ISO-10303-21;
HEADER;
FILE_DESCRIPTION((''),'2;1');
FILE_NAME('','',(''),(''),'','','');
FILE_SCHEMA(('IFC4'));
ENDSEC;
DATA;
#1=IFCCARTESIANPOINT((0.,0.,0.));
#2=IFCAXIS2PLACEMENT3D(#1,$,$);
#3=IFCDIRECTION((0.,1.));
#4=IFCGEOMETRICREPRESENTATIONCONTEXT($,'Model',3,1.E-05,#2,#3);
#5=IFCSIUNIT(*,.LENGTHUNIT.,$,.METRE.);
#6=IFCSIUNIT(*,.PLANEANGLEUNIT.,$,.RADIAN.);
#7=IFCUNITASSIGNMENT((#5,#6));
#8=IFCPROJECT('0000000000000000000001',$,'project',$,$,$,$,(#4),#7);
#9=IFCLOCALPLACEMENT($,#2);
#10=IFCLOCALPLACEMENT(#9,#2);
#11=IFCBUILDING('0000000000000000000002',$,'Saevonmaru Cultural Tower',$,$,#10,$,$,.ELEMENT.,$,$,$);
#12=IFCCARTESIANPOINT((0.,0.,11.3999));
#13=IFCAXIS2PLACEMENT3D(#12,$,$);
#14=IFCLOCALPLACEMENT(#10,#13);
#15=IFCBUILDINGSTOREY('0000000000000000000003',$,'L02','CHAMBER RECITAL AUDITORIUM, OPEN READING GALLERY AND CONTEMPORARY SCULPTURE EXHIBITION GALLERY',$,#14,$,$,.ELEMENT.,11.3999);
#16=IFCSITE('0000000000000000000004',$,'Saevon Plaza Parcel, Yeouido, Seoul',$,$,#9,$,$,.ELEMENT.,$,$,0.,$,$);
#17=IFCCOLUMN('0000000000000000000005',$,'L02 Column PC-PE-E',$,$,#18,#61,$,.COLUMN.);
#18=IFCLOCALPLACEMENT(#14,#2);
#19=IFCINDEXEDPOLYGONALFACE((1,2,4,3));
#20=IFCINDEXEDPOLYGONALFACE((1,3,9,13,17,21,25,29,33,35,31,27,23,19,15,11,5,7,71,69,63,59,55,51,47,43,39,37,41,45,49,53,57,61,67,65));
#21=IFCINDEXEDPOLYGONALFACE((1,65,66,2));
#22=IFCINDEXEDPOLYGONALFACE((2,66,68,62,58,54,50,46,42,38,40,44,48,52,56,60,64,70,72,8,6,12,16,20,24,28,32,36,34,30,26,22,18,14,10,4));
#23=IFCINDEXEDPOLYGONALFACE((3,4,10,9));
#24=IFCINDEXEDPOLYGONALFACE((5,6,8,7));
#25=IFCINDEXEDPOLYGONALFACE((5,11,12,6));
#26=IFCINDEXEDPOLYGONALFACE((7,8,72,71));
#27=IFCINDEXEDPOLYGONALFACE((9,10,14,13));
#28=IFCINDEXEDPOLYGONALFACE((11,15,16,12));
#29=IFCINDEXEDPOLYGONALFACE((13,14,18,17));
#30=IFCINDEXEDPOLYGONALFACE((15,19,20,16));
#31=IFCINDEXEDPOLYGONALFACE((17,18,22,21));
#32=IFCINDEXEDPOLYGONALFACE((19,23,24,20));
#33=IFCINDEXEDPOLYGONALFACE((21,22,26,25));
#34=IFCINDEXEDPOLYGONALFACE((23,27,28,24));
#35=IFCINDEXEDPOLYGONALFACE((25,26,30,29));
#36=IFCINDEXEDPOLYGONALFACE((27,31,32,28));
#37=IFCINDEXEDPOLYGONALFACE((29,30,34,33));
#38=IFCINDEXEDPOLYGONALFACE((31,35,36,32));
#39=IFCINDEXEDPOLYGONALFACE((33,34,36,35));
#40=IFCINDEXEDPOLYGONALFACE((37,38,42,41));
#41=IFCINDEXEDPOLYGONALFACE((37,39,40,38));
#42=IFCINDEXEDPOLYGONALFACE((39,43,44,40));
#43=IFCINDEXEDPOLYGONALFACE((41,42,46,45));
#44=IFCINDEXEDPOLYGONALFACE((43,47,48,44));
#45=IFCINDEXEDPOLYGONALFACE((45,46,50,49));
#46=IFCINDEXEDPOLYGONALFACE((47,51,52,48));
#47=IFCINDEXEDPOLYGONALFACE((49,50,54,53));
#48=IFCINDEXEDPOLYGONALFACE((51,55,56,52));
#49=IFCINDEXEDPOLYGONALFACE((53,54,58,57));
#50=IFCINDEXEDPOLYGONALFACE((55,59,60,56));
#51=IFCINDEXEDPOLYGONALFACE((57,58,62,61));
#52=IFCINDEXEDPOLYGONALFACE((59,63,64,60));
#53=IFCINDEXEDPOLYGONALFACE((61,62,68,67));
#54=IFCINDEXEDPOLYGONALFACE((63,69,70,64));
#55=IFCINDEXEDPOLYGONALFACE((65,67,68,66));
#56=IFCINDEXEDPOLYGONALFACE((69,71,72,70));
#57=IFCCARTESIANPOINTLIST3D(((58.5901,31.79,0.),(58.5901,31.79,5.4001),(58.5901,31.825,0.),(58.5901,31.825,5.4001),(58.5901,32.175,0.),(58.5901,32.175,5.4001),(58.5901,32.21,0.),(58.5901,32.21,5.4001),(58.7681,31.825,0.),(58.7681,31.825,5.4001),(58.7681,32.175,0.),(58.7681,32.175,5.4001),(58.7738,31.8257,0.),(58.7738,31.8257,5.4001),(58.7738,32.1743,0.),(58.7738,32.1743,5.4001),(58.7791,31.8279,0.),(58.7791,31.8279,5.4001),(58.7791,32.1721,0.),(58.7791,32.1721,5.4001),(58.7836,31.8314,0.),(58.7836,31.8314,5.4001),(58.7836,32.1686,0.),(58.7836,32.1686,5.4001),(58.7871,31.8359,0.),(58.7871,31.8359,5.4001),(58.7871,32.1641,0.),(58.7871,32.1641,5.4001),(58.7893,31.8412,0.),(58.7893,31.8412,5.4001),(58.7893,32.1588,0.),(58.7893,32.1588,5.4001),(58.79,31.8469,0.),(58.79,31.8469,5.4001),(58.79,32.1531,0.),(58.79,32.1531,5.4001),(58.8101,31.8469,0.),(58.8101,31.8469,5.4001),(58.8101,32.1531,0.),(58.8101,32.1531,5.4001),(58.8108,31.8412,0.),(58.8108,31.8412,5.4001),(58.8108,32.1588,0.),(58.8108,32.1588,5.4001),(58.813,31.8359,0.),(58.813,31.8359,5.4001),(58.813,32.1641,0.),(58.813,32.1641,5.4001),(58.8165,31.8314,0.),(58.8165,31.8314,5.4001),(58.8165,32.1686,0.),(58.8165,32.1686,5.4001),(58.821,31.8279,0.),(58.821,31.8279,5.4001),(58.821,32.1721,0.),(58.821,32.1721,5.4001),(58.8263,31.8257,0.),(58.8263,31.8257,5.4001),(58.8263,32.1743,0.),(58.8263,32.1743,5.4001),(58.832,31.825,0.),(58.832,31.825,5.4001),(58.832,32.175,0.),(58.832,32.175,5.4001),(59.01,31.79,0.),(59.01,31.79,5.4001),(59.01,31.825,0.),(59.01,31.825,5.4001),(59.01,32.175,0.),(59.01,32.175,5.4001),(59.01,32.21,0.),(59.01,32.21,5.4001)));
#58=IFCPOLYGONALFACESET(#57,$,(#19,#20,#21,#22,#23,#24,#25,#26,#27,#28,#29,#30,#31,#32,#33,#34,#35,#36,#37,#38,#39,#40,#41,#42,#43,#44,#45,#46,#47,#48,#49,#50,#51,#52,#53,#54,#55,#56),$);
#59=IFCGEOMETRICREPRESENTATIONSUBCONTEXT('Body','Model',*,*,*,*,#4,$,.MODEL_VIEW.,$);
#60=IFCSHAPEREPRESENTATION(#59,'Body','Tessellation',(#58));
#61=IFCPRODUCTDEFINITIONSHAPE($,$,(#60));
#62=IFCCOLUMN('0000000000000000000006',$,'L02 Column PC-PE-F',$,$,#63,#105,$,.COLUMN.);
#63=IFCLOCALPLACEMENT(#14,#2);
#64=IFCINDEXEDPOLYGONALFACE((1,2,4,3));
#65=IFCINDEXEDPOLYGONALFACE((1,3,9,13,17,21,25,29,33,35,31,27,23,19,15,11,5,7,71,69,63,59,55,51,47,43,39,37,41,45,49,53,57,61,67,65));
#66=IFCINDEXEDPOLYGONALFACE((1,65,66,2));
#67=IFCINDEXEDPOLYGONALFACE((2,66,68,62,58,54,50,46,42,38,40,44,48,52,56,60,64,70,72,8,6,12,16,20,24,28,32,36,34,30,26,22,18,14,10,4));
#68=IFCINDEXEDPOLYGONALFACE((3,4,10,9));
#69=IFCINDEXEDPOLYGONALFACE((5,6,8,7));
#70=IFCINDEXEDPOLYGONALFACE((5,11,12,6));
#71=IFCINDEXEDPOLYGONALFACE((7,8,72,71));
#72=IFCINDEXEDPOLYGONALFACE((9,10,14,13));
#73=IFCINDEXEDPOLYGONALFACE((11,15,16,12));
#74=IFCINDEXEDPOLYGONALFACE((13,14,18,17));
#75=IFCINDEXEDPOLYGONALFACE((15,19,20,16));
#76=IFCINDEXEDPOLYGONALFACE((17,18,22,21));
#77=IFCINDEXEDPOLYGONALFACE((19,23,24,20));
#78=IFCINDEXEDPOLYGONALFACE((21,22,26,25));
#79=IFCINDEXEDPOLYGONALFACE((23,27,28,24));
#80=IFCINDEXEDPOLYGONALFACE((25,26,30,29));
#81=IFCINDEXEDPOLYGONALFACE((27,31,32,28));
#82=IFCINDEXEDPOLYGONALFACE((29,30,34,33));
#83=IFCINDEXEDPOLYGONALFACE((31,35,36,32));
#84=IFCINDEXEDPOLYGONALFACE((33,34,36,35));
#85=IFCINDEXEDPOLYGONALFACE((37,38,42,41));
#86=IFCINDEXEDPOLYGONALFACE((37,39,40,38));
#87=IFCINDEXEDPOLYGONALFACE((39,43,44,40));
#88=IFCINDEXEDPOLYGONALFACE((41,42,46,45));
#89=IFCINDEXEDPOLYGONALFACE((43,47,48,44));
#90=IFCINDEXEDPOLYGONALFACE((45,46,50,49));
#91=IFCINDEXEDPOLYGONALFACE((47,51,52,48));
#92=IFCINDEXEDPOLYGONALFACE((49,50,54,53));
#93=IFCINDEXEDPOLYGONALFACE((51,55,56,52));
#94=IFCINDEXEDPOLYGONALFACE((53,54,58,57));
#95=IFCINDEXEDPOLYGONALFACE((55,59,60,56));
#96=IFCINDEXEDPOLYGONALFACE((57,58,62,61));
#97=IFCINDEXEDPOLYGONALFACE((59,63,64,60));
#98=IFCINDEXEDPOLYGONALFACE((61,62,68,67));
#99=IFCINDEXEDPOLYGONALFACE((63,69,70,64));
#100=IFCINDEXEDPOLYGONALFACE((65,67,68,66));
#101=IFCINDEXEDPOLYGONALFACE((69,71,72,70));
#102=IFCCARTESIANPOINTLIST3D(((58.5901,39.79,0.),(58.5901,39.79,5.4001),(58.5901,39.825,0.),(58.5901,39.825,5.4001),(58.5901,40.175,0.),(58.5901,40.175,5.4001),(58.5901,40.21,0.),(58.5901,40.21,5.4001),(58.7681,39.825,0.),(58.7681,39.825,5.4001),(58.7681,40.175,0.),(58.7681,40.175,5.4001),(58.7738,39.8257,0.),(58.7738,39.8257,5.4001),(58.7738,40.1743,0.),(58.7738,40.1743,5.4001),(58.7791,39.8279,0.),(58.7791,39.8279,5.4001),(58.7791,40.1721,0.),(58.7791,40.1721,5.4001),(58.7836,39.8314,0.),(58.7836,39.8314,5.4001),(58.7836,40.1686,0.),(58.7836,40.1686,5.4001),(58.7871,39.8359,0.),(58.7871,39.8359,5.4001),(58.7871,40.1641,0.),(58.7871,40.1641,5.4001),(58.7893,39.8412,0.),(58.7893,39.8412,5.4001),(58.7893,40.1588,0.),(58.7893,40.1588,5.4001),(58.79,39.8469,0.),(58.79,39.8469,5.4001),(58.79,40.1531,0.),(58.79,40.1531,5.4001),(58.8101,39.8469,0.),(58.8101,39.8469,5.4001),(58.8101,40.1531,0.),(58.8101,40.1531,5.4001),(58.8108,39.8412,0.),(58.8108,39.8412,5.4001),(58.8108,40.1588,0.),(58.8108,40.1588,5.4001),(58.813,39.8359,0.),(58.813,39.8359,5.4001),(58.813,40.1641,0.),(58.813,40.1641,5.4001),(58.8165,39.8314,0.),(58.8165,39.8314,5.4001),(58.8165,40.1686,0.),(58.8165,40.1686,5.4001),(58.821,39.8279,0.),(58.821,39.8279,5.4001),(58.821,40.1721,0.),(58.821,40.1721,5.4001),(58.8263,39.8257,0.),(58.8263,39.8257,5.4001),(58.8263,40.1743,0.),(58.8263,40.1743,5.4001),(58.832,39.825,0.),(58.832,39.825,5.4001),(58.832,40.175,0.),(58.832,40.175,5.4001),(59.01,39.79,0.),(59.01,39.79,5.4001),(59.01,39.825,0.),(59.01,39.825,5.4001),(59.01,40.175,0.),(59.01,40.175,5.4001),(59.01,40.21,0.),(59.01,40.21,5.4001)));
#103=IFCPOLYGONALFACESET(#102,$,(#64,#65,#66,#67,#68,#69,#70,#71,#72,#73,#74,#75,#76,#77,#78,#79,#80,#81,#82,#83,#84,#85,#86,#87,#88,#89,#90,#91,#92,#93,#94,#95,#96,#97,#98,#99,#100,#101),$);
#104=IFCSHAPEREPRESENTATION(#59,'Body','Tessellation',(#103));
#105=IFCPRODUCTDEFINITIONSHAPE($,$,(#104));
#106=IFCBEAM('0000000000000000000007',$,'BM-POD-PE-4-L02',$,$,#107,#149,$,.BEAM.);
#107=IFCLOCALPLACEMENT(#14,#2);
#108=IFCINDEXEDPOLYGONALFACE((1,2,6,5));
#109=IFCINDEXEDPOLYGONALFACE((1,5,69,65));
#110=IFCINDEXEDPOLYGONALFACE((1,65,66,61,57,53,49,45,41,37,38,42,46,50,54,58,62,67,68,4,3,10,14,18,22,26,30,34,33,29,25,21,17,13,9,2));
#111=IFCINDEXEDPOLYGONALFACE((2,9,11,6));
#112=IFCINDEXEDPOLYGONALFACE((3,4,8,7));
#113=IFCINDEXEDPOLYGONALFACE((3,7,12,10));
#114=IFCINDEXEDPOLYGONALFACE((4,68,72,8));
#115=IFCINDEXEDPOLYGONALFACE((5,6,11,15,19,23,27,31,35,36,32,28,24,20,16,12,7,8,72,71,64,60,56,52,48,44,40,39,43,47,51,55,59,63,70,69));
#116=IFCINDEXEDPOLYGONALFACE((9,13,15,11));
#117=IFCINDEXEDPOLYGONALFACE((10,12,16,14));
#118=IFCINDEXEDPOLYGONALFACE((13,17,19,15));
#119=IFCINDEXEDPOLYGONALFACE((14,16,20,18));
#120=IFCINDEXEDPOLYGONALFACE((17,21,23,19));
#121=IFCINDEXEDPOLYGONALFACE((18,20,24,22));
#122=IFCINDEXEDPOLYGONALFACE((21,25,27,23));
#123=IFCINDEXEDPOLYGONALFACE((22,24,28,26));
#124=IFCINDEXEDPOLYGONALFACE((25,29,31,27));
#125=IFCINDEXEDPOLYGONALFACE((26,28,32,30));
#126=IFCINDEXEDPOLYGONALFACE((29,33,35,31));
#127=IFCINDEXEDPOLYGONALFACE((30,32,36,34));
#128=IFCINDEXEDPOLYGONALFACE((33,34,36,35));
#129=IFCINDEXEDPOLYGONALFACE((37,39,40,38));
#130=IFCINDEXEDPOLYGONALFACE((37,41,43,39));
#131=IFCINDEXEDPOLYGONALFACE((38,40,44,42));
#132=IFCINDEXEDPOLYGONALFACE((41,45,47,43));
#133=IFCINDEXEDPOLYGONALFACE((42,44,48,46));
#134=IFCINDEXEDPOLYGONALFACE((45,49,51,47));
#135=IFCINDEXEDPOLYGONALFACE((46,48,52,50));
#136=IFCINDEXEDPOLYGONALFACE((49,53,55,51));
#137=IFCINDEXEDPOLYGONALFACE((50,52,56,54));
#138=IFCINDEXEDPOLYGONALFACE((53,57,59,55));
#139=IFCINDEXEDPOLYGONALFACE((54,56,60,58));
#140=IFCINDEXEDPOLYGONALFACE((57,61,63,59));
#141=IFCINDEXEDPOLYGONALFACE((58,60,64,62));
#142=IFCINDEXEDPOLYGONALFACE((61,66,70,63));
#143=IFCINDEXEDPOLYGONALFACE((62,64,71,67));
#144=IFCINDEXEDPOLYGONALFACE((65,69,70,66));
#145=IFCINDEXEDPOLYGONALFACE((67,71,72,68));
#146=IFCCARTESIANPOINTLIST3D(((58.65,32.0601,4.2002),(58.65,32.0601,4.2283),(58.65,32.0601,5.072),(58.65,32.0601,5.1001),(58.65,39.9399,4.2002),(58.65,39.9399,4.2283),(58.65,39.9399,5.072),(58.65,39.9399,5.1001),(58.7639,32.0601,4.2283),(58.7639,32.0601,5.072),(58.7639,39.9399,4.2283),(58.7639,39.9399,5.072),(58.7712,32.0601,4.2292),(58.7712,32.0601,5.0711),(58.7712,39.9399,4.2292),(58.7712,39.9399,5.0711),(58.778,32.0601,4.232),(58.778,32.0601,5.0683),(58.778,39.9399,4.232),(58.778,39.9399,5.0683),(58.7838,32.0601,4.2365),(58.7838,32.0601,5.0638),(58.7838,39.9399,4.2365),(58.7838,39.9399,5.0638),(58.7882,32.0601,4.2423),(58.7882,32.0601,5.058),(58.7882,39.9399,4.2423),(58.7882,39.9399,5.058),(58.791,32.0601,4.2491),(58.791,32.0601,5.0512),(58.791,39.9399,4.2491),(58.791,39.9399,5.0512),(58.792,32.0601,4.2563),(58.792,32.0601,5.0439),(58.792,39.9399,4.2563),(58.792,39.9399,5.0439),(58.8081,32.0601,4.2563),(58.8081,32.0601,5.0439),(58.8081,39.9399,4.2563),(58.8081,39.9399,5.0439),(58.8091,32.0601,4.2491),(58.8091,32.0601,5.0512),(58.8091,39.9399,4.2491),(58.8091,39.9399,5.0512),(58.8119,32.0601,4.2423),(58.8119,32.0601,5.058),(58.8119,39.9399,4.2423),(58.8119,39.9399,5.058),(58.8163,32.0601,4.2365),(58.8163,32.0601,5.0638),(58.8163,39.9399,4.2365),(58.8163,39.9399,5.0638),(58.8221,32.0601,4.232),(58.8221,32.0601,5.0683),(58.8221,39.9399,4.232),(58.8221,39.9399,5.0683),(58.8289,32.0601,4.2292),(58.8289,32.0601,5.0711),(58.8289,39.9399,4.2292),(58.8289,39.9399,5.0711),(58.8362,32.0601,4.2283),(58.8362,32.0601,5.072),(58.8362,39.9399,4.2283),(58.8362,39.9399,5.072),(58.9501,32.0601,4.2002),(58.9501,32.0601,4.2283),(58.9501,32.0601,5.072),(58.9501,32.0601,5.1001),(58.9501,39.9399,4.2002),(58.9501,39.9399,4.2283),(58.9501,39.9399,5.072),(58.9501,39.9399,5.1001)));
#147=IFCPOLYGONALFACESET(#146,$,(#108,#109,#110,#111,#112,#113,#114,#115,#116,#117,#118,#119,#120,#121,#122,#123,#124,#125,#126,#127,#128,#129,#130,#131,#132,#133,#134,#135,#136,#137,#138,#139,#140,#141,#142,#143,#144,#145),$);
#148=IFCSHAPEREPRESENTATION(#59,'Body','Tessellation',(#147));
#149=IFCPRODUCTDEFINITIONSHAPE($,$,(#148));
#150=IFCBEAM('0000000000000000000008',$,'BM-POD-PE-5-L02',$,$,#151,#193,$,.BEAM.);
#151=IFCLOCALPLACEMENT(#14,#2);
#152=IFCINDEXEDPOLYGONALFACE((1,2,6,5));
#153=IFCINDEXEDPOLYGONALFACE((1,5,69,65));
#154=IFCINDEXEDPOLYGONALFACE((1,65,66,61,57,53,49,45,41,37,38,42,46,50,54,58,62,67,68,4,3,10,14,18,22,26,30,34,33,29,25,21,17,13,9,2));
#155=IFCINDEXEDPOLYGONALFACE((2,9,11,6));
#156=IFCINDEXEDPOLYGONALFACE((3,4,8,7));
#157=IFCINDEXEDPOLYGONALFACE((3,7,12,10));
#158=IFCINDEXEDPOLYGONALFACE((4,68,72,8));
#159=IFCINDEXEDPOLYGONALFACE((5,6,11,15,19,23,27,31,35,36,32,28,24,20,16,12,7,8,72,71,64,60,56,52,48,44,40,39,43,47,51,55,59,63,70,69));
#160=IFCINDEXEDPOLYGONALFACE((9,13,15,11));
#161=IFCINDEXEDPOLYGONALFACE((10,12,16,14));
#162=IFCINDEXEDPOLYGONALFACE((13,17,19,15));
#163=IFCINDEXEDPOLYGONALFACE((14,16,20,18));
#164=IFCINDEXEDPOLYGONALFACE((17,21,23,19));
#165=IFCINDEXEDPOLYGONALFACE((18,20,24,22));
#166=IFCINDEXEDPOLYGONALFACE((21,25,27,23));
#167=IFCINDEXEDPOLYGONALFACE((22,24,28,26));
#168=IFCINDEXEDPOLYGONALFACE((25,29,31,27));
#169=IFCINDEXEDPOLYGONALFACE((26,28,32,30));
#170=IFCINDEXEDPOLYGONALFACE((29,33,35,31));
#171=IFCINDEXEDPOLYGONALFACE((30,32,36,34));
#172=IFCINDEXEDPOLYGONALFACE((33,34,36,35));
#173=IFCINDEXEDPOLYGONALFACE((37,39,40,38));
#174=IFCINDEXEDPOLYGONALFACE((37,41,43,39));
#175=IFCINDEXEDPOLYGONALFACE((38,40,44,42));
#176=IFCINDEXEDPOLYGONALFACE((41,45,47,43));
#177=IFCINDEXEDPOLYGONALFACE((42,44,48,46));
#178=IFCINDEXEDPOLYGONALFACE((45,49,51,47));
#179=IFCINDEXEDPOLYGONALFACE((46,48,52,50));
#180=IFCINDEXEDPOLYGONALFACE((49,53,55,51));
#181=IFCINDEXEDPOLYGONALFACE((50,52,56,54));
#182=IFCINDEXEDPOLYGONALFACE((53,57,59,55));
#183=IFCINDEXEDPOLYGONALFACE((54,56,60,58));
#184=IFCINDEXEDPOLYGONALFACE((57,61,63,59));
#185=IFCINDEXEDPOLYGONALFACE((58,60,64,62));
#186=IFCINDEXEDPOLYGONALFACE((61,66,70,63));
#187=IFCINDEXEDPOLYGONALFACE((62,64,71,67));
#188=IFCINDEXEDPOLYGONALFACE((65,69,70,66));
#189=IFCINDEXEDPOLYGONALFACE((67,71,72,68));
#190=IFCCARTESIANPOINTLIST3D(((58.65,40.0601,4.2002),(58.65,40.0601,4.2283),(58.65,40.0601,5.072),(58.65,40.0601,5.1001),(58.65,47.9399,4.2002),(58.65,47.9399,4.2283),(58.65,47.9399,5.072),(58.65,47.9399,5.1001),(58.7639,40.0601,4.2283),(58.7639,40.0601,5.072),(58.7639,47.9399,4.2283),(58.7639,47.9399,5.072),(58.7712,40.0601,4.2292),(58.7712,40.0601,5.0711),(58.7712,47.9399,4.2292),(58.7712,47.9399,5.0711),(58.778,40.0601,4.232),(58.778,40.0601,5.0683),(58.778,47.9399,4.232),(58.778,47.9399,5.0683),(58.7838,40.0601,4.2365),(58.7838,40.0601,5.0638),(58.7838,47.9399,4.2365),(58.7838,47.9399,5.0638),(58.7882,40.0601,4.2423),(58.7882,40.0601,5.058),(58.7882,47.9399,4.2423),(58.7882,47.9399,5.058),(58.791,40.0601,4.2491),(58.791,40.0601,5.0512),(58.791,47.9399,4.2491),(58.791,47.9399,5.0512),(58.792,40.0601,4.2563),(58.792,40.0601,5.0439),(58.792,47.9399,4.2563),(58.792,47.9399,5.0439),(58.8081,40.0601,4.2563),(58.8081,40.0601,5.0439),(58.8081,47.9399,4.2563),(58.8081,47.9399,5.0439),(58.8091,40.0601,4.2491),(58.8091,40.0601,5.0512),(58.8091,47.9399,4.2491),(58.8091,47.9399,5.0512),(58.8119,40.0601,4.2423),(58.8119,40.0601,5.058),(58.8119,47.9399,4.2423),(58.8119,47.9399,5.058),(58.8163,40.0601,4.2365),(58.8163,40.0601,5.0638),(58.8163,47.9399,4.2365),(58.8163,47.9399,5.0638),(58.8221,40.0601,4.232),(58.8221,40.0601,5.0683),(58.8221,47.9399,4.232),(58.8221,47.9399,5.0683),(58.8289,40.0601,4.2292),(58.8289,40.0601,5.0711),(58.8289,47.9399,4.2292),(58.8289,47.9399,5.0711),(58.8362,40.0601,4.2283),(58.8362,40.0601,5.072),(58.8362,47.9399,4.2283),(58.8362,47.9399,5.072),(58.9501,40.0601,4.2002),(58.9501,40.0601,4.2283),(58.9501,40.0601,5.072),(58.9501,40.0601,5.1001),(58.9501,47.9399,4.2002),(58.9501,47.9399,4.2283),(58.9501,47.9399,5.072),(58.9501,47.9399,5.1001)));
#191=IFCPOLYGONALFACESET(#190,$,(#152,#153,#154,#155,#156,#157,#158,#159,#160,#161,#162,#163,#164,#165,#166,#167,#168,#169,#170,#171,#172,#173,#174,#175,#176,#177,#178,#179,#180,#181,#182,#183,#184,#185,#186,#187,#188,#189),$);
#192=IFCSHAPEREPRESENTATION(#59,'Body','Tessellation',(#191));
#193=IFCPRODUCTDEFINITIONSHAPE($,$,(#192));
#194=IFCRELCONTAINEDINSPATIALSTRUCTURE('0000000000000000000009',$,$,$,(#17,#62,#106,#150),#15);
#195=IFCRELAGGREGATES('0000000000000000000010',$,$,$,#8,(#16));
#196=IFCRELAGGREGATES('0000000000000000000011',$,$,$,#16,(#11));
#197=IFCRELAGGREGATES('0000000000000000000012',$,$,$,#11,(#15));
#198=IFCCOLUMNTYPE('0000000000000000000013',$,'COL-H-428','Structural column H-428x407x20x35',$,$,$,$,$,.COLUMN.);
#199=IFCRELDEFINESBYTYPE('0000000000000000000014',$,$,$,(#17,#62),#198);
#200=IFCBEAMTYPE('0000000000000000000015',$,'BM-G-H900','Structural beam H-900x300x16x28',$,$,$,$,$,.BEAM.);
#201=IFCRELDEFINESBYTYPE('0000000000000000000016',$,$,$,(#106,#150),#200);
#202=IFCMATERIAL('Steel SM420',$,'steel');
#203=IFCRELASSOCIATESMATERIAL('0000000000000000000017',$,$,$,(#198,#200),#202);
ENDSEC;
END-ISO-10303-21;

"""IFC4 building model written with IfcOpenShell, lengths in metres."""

from ifc_helpers import new_model, si_unit, direction, frame, origin, origin_2d, place, context, subcontext, project, spatial, i_section, extrude, material, material_profile, profile_set, type_object, element, save


model = new_model("IFC4")

# Units and contexts
model_context = context("Model", 3, precision=1e-05, world=origin(), true_north=direction((0.0, 1.0)))
body_context = subcontext(model_context, "Body", "Model", "MODEL_VIEW")
ifc_project = project(units=[si_unit("LENGTHUNIT", "METRE"), si_unit("PLANEANGLEUNIT", "RADIAN")], contexts=[model_context])

# Site, building, storey
site_placement = place(None, origin())
site = spatial("IfcSite", under=ifc_project, at=site_placement, Name="Saevon Plaza Parcel, Yeouido, Seoul", CompositionType="ELEMENT", RefElevation=0.0)
building_placement = place(site_placement, origin())
building = spatial("IfcBuilding", under=site, at=building_placement, Name="Saevonmaru Cultural Tower", CompositionType="ELEMENT")
storey_placement = place(building_placement, frame((0.0, 0.0, 11.3999)))
storey = spatial("IfcBuildingStorey", under=building, at=storey_placement, Name="L02", Description="CHAMBER RECITAL AUDITORIUM, OPEN READING GALLERY AND CONTEMPORARY SCULPTURE EXHIBITION GALLERY", CompositionType="ELEMENT", Elevation=11.3999)

# Columns
ifc_material_1 = material(Name="Steel SM420", Category="steel")
ifc_material_profile_1 = material_profile(ifc_material_1, i_section(OverallWidth=0.4199, OverallDepth=0.4199, WebThickness=0.02, FlangeThickness=0.0349, FilletRadius=0.022, at=origin_2d()), Name="H-428x407x20x35")
ifc_profile_set_1 = profile_set([ifc_material_profile_1], Name="Steel SM420")
column_type = type_object("IfcColumnType", Name="COL-H-428", Description="Structural column H-428x407x20x35", PredefinedType="COLUMN", material=ifc_profile_set_1)
for number, where, z_axis, x_axis, name in (
    (1, (58.8, 32.0, 0.0), (0.0, 0.0, 1.0), (1.0, 0.0, 0.0), "L02 Column PC-PE-E"),
    (2, (58.8, 40.0, 0.0), (0.0, 0.0, 1.0), (1.0, 0.0, 0.0), "L02 Column PC-PE-F"),
):
    element("IfcColumn", number, at=place(storey_placement, frame(where, z_axis=z_axis, x_axis=x_axis)), inside=storey, type_object=column_type, Name=name, PredefinedType="COLUMN", context=body_context, shape_type="SweptSolid", body=[
        extrude(i_section(OverallWidth=0.4199, OverallDepth=0.4199, WebThickness=0.02, FlangeThickness=0.0349, FilletRadius=0.022, at=origin_2d()), origin(), (0.0, 0.0, 1.0), 5.4001),
    ])

# Beams
ifc_material_profile_2 = material_profile(ifc_material_1, i_section(OverallWidth=0.3, OverallDepth=0.8999, WebThickness=0.0161, FlangeThickness=0.0281, FilletRadius=0.0281, at=origin_2d()), Name="H-900x300x16x28")
ifc_profile_set_2 = profile_set([ifc_material_profile_2], Name="Steel SM420")
beam_type = type_object("IfcBeamType", Name="BM-G-H900", Description="Structural beam H-900x300x16x28", PredefinedType="BEAM", material=ifc_profile_set_2)
for number, where, z_axis, x_axis, name in (
    (3, (58.8, 32.0601, 4.6501), (0.0, 1.0, 0.0), (-1.0, 0.0, 0.0), "BM-POD-PE-4-L02"),
    (4, (58.8, 40.0601, 4.6501), (0.0, 1.0, 0.0), (-1.0, 0.0, 0.0), "BM-POD-PE-5-L02"),
):
    element("IfcBeam", number, at=place(storey_placement, frame(where, z_axis=z_axis, x_axis=x_axis)), inside=storey, type_object=beam_type, Name=name, PredefinedType="BEAM", context=body_context, shape_type="SweptSolid", body=[
        extrude(i_section(OverallWidth=0.3, OverallDepth=0.8999, WebThickness=0.0161, FlangeThickness=0.0281, FilletRadius=0.0281, at=origin_2d()), origin(), (0.0, 0.0, 1.0), 7.8799),
    ])

save(model, "model.ifc")
